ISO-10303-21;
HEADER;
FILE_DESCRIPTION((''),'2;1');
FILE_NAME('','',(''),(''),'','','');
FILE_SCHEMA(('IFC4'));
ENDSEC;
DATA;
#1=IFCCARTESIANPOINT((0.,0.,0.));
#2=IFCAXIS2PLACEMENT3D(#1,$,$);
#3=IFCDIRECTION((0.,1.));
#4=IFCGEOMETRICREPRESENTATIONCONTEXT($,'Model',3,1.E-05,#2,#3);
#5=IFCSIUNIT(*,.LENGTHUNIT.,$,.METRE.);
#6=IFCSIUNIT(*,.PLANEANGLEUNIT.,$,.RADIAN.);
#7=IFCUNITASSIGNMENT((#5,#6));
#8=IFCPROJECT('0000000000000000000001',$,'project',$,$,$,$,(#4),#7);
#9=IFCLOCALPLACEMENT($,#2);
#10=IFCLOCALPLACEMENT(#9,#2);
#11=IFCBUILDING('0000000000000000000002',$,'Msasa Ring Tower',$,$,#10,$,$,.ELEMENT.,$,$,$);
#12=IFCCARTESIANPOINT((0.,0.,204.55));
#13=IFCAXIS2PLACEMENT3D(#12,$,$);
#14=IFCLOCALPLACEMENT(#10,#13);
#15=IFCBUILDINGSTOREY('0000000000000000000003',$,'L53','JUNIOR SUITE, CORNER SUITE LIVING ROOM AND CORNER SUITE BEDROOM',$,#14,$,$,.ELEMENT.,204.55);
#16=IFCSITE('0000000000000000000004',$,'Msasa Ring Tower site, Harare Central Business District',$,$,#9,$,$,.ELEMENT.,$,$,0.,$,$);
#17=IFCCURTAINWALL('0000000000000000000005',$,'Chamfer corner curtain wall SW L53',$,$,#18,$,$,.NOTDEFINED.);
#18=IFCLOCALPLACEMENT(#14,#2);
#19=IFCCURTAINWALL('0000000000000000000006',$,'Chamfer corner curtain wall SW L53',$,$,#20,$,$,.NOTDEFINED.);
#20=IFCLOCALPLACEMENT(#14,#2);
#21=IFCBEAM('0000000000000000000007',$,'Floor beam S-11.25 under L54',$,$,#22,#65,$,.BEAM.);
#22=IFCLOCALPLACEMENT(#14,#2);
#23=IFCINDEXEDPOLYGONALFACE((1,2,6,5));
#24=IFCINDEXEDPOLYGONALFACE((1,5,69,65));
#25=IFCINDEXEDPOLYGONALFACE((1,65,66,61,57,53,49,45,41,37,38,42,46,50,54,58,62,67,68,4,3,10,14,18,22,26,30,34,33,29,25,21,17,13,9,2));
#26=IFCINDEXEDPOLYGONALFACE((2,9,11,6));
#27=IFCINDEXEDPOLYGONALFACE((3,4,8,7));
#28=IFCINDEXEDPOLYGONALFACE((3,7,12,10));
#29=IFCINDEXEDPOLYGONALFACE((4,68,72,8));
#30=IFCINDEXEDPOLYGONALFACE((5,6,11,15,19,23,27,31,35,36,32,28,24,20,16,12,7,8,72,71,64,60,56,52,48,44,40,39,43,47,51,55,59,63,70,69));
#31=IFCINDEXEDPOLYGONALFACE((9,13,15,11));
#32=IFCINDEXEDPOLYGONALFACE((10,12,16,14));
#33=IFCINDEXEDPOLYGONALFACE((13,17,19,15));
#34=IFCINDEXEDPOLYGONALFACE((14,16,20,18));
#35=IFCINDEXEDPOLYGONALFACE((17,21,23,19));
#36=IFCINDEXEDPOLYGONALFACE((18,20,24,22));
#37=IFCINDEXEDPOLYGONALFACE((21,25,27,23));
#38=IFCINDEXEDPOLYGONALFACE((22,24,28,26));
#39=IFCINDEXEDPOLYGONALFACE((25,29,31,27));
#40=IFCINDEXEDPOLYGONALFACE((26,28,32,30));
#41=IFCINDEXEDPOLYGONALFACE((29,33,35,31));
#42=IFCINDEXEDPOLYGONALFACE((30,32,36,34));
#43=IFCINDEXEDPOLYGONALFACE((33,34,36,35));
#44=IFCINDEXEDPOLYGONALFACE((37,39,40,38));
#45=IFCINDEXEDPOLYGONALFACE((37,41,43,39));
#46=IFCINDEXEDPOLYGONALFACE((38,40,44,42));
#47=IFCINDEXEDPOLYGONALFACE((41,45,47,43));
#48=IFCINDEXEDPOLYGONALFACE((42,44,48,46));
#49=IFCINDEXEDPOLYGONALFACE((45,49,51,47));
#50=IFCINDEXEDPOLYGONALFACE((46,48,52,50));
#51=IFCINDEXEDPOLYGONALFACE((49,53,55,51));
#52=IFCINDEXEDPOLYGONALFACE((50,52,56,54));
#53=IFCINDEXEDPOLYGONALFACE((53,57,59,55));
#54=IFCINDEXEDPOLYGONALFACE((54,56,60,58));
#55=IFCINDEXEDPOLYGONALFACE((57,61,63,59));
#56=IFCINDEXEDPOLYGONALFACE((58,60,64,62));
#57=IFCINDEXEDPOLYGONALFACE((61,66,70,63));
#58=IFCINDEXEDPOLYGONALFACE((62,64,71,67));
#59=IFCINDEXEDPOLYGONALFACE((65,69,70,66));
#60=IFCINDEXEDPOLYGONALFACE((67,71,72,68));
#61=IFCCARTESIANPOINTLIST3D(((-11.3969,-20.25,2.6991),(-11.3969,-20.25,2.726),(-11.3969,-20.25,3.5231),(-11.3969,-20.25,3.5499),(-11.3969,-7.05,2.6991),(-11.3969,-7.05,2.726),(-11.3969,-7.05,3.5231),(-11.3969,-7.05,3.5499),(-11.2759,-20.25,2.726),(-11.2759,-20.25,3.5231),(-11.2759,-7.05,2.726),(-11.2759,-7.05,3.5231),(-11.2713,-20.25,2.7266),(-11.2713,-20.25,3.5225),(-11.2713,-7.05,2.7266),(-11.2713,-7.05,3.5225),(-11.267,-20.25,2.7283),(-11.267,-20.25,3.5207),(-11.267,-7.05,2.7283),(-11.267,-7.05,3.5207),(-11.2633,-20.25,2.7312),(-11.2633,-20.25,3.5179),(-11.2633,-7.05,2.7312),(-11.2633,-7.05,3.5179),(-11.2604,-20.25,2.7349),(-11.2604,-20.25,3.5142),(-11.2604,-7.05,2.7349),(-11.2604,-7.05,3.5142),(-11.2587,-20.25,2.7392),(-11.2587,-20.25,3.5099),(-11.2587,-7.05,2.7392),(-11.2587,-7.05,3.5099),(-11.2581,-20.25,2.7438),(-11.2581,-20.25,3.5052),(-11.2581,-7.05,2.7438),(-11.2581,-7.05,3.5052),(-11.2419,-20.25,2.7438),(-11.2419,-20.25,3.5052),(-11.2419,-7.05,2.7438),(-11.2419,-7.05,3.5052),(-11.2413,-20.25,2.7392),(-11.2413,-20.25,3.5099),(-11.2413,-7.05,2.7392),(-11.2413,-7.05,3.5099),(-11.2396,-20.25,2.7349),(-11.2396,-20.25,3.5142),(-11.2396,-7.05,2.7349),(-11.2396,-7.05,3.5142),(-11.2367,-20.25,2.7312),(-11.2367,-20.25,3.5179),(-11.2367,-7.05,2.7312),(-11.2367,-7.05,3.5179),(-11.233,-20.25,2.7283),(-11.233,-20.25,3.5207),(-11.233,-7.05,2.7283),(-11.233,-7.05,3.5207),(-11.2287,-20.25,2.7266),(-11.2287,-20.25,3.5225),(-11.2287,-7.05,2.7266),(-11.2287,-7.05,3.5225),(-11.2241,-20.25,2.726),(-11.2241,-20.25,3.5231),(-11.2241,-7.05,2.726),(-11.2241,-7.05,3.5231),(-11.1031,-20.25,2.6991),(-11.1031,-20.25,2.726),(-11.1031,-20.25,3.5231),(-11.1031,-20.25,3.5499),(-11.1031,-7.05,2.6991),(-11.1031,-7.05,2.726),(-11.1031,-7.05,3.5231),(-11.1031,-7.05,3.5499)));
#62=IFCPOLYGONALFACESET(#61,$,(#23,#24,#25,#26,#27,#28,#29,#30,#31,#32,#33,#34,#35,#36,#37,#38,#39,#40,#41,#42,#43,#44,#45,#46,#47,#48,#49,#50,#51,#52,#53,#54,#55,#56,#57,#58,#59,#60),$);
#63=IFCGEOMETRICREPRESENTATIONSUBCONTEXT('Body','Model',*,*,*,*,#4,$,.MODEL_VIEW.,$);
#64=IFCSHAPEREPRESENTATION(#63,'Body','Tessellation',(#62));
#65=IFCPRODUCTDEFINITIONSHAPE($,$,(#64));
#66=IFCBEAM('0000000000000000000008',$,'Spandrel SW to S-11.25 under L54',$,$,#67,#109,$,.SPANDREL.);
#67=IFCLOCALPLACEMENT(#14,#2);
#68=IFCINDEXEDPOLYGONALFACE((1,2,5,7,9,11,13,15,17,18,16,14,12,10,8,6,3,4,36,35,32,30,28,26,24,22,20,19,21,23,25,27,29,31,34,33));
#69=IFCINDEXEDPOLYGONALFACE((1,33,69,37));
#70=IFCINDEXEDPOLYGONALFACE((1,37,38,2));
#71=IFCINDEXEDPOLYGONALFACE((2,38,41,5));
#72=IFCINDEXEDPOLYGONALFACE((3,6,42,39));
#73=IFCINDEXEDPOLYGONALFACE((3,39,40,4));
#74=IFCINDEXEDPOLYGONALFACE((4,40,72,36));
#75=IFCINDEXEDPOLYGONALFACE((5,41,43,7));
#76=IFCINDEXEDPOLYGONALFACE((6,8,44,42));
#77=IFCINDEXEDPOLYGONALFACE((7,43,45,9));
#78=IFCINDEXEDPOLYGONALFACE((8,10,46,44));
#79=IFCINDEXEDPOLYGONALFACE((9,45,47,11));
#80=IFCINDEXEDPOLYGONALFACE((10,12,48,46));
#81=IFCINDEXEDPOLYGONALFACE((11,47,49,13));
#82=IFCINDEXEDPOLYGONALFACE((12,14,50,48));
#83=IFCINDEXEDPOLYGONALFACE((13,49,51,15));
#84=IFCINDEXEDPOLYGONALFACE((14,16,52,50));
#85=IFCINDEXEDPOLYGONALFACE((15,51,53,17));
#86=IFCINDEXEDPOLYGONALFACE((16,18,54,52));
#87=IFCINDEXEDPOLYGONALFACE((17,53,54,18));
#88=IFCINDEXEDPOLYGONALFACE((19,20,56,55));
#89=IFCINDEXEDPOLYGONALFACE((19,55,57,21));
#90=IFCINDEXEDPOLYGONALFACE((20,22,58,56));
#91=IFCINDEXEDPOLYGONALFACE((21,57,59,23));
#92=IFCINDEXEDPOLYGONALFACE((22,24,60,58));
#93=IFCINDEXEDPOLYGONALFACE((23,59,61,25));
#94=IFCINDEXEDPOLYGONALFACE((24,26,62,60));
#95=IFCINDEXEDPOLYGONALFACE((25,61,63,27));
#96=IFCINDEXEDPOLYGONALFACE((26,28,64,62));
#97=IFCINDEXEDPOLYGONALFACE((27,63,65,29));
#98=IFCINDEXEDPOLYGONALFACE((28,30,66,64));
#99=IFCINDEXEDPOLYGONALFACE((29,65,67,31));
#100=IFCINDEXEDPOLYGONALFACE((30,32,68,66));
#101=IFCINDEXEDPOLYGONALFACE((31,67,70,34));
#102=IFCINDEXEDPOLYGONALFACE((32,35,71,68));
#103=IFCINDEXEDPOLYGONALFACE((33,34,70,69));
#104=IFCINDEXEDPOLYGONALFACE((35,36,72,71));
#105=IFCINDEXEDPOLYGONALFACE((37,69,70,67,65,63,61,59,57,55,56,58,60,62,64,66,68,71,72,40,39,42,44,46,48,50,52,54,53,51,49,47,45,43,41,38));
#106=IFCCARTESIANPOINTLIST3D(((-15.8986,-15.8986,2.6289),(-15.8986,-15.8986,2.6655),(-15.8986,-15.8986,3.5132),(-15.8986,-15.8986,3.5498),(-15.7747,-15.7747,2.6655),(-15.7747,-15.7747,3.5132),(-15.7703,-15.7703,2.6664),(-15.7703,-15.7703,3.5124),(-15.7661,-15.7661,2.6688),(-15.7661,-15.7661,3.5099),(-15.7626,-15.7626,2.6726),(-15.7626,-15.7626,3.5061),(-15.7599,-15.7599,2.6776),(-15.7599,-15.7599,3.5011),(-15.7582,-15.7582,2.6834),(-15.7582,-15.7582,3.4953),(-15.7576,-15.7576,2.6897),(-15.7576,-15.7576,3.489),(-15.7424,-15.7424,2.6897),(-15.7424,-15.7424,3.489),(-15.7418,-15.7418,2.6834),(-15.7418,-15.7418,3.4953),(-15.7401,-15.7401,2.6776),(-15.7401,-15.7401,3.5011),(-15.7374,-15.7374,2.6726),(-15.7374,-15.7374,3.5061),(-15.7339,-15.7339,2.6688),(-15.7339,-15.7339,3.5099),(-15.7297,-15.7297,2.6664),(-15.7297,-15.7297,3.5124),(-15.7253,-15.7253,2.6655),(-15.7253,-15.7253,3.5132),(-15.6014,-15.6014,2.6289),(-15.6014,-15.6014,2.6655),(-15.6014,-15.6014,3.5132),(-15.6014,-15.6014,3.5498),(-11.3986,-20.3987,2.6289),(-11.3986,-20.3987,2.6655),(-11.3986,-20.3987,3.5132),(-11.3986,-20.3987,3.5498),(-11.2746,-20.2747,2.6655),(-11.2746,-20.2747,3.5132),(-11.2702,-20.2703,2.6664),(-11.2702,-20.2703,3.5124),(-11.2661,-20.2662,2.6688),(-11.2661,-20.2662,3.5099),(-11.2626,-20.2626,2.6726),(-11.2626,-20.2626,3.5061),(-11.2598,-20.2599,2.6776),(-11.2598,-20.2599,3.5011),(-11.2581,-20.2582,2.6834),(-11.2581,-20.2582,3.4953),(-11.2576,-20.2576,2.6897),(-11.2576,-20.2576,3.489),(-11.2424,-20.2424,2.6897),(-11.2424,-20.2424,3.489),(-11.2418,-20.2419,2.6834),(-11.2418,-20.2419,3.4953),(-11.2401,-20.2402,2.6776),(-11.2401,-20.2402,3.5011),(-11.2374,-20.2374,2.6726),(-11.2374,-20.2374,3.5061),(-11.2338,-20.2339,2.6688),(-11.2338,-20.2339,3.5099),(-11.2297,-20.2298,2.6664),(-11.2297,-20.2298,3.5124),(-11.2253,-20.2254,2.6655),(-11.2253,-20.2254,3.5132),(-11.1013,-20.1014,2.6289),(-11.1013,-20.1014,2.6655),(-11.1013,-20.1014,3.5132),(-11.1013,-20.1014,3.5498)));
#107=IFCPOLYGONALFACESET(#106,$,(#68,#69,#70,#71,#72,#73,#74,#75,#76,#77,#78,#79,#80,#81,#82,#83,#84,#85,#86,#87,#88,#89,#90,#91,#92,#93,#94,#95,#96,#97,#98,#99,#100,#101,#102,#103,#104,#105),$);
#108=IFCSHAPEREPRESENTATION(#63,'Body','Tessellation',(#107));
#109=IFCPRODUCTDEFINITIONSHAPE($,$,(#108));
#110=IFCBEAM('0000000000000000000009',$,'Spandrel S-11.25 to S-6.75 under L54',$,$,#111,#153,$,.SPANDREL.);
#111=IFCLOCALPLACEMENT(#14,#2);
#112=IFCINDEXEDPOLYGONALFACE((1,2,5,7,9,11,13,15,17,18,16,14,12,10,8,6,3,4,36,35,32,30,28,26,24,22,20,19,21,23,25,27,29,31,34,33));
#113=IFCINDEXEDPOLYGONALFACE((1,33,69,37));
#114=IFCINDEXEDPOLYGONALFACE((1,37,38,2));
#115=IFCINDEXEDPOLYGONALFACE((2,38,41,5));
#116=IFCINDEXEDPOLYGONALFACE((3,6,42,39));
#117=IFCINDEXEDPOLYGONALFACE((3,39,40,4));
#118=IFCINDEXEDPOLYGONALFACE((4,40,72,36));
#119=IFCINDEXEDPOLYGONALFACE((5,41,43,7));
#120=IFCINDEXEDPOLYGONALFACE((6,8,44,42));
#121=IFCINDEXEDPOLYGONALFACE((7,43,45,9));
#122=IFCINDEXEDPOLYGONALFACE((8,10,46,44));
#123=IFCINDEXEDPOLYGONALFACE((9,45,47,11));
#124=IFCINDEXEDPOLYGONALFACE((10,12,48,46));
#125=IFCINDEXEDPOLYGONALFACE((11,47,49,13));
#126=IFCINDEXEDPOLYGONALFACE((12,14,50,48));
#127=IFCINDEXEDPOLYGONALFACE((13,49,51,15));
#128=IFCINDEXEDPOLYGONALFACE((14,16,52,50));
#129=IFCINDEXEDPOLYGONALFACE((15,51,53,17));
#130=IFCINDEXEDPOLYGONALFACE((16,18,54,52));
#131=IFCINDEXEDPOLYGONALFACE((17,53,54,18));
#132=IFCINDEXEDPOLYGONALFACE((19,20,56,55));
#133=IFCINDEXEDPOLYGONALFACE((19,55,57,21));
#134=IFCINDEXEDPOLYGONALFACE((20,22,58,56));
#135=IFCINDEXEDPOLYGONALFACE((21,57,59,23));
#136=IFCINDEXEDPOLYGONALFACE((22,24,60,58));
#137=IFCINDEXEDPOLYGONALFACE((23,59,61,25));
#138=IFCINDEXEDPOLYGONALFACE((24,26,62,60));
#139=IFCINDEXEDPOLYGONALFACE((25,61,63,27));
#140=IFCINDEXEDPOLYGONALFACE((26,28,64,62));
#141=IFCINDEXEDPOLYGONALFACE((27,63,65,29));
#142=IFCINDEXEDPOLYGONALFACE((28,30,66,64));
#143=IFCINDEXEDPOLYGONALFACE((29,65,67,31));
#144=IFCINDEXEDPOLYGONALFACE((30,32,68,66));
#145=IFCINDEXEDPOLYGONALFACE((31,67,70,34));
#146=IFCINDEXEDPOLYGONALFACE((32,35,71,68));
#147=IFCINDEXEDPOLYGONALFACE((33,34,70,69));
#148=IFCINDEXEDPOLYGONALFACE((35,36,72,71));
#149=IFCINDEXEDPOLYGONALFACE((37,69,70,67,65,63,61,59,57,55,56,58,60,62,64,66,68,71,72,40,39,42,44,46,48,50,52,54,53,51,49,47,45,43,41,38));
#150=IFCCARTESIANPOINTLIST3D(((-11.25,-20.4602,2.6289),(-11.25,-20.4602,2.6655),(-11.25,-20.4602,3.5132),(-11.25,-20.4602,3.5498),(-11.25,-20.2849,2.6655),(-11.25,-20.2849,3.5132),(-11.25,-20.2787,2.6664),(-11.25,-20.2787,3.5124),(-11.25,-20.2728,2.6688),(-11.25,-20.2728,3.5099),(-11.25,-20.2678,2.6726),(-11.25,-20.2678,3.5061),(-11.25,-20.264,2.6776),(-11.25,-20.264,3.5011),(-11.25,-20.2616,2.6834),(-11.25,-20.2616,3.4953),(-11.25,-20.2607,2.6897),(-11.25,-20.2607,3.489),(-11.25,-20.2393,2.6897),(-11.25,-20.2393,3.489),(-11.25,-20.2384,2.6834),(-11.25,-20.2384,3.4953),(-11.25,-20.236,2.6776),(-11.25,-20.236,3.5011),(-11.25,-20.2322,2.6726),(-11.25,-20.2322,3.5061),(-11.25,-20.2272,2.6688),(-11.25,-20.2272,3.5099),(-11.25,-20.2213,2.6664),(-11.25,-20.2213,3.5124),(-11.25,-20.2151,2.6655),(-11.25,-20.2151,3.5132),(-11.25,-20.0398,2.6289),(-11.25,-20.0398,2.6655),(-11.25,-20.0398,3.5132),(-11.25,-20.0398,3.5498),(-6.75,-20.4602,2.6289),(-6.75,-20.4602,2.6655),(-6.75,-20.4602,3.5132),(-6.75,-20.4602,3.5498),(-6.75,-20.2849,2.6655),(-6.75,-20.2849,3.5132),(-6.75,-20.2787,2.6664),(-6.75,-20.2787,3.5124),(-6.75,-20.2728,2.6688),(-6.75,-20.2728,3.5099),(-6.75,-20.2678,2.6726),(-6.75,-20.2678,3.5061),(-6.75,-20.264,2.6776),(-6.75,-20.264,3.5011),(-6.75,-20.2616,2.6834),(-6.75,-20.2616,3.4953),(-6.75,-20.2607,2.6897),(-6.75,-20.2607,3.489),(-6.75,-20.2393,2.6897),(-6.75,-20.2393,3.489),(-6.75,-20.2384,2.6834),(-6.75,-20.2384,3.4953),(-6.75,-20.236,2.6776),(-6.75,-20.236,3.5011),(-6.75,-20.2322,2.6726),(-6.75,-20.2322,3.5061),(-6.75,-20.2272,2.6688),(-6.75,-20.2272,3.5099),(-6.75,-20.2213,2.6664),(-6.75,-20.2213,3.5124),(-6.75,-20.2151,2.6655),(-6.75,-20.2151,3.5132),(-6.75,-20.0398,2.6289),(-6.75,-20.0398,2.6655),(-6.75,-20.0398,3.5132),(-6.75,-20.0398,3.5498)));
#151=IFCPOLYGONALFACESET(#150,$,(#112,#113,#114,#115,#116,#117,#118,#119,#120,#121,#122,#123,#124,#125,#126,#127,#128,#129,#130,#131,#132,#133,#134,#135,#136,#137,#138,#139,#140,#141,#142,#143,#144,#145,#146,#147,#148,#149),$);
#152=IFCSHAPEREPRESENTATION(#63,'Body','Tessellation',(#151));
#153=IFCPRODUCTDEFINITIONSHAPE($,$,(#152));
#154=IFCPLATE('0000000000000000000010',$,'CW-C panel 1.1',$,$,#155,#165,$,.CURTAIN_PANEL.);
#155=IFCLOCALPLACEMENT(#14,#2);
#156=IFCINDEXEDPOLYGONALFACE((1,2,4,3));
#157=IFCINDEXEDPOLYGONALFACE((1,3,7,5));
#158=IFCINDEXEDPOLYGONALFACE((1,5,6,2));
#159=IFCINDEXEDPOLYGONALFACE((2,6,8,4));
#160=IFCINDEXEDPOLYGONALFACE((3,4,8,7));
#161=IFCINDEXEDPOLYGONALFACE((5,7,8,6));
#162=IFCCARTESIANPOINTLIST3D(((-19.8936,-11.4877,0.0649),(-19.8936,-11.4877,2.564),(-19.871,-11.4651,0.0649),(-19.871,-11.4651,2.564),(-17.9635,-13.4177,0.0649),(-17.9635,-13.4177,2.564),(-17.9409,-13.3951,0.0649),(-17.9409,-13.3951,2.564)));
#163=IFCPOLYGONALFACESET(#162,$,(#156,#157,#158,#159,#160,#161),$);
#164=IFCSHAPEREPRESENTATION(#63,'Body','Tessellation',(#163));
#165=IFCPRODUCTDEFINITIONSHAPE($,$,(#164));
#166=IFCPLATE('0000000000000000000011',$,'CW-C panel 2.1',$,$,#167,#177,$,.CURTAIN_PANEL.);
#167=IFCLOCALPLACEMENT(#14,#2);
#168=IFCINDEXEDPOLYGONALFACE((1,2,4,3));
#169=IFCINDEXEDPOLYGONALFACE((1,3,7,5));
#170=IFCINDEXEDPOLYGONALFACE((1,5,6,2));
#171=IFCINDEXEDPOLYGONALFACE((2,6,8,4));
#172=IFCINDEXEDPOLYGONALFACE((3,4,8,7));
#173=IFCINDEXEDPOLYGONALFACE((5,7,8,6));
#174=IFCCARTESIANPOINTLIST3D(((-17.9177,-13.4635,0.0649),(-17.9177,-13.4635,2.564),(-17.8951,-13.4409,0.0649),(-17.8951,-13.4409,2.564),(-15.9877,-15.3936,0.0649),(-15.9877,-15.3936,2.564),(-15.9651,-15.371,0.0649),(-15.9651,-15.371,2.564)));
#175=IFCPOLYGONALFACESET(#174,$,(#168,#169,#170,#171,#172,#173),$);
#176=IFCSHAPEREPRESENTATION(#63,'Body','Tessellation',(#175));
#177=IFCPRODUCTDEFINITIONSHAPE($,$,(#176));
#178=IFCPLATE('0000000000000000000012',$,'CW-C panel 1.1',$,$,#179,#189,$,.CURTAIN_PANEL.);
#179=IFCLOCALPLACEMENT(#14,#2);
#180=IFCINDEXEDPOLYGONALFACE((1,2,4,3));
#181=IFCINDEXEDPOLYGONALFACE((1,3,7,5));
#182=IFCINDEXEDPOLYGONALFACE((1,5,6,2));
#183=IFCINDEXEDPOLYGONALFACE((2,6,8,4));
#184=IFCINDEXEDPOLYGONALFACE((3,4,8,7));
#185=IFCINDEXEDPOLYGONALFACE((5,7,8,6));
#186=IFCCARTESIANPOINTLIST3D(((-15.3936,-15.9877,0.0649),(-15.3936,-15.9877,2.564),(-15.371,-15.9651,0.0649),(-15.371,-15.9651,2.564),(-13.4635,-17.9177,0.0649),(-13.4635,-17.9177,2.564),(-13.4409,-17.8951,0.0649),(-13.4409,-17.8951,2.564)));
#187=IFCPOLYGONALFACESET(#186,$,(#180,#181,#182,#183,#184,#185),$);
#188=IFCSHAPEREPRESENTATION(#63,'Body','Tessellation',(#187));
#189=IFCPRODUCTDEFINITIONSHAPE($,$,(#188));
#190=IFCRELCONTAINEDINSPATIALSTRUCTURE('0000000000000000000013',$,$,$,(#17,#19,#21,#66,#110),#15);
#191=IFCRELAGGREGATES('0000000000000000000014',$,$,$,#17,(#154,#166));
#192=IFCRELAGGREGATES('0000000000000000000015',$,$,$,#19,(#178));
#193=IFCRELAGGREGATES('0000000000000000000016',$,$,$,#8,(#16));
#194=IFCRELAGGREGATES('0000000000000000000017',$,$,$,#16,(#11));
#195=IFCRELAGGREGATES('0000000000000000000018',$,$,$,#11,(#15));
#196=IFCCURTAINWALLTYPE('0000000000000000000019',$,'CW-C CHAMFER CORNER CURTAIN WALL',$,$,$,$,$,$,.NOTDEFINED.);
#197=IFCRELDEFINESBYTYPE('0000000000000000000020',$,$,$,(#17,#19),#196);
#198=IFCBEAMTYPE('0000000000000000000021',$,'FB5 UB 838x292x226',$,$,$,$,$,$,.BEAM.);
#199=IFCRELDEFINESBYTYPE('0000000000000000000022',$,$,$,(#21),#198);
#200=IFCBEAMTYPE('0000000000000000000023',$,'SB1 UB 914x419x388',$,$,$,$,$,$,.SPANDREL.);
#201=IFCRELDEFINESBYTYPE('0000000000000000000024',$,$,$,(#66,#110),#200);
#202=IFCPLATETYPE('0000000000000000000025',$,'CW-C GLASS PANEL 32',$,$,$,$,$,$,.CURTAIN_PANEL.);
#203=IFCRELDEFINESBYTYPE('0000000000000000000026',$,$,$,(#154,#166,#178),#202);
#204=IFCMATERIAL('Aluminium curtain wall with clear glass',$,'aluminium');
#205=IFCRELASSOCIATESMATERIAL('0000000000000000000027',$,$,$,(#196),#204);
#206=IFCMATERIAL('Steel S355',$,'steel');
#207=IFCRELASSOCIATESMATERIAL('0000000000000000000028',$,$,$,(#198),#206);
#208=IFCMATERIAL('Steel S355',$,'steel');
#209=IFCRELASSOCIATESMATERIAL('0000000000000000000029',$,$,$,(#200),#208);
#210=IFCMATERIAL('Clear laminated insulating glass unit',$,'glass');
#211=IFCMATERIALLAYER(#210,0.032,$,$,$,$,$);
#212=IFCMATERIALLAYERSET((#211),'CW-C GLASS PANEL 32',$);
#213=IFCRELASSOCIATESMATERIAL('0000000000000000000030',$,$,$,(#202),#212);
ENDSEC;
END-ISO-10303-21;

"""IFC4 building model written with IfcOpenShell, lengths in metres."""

from ifc_helpers import new_model, si_unit, direction, frame, origin, origin_2d, place, context, subcontext, project, spatial, rectangle, i_section, extrude, material, layer, layer_set, material_profile, profile_set, type_object, element, aggregate, save


model = new_model("IFC4")

# Units and contexts
model_context = context("Model", 3, precision=1e-05, world=origin(), true_north=direction((0.0, 1.0)))
body_context = subcontext(model_context, "Body", "Model", "MODEL_VIEW")
ifc_project = project(units=[si_unit("LENGTHUNIT", "METRE"), si_unit("PLANEANGLEUNIT", "RADIAN")], contexts=[model_context])

# Site, building, storey
site_placement = place(None, origin())
site = spatial("IfcSite", under=ifc_project, at=site_placement, Name="Msasa Ring Tower site, Harare Central Business District", CompositionType="ELEMENT", RefElevation=0.0)
building_placement = place(site_placement, origin())
building = spatial("IfcBuilding", under=site, at=building_placement, Name="Msasa Ring Tower", CompositionType="ELEMENT")
storey_placement = place(building_placement, frame((0.0, 0.0, 204.55)))
storey = spatial("IfcBuildingStorey", under=building, at=storey_placement, Name="L53", Description="JUNIOR SUITE, CORNER SUITE LIVING ROOM AND CORNER SUITE BEDROOM", CompositionType="ELEMENT", Elevation=204.55)

# Curtain walls
ifc_material_1 = material(Name="Aluminium curtain wall with clear glass", Category="aluminium")
curtain_wall_type = type_object("IfcCurtainWallType", Name="CW-C CHAMFER CORNER CURTAIN WALL", PredefinedType="NOTDEFINED", material=ifc_material_1)
curtain_wall_1_placement = place(storey_placement, origin())
curtain_wall_1 = element("IfcCurtainWall", 1, at=curtain_wall_1_placement, inside=storey, type_object=curtain_wall_type, Name="Chamfer corner curtain wall SW L53", PredefinedType="NOTDEFINED")
curtain_wall_2_placement = place(storey_placement, origin())
curtain_wall_2 = element("IfcCurtainWall", 2, at=curtain_wall_2_placement, inside=storey, type_object=curtain_wall_type, Name="Chamfer corner curtain wall SW L53", PredefinedType="NOTDEFINED")

# Beams
ifc_material_2 = material(Name="Steel S355", Category="steel")
ifc_material_profile_1 = material_profile(ifc_material_2, i_section(OverallWidth=0.2937, OverallDepth=0.8508, WebThickness=0.0161, FlangeThickness=0.0269, FilletRadius=0.0178, at=origin_2d()), Name="UB 838x292x226")
ifc_profile_set_1 = profile_set([ifc_material_profile_1], Name="Steel S355")
beam_type_1 = type_object("IfcBeamType", Name="FB5 UB 838x292x226", PredefinedType="BEAM", material=ifc_profile_set_1)
beam_1_placement = place(storey_placement, frame((-11.25, -20.25, 3.1245), z_axis=(0.0, 1.0, 0.0), x_axis=(-1.0, 0.0, 0.0)))
element("IfcBeam", 3, at=beam_1_placement, inside=storey, type_object=beam_type_1, Name="Floor beam S-11.25 under L54", PredefinedType="BEAM", context=body_context, shape_type="SweptSolid", body=[
    extrude(i_section(OverallWidth=0.2937, OverallDepth=0.8508, WebThickness=0.0161, FlangeThickness=0.0269, FilletRadius=0.0178, at=origin_2d()), origin(), (0.0, 0.0, 1.0), 13.2),
])
ifc_material_3 = material(Name="Steel S355", Category="steel")
ifc_material_profile_2 = material_profile(ifc_material_3, i_section(OverallWidth=0.4204, OverallDepth=0.9209, WebThickness=0.0215, FlangeThickness=0.0366, FilletRadius=0.0242, at=origin_2d()), Name="UB 914x419x388")
ifc_profile_set_2 = profile_set([ifc_material_profile_2], Name="Steel S355")
beam_type_2 = type_object("IfcBeamType", Name="SB1 UB 914x419x388", PredefinedType="SPANDREL", material=ifc_profile_set_2)
beam_2_placement = place(storey_placement, frame((-15.75, -15.75, 3.0894), z_axis=(0.707107, -0.707107, 0.0), x_axis=(0.707107, 0.707107, 0.0)))
element("IfcBeam", 4, at=beam_2_placement, inside=storey, type_object=beam_type_2, Name="Spandrel SW to S-11.25 under L54", PredefinedType="SPANDREL", context=body_context, shape_type="SweptSolid", body=[
    extrude(i_section(OverallWidth=0.4204, OverallDepth=0.9209, WebThickness=0.0215, FlangeThickness=0.0366, FilletRadius=0.0242, at=origin_2d()), origin(), (0.0, 0.0, 1.0), 6.364),
])
beam_3_placement = place(storey_placement, frame((-11.25, -20.25, 3.0894), z_axis=(1.0, 0.0, 0.0), x_axis=(0.0, 1.0, 0.0)))
element("IfcBeam", 5, at=beam_3_placement, inside=storey, type_object=beam_type_2, Name="Spandrel S-11.25 to S-6.75 under L54", PredefinedType="SPANDREL", context=body_context, shape_type="SweptSolid", body=[
    extrude(i_section(OverallWidth=0.4204, OverallDepth=0.9209, WebThickness=0.0215, FlangeThickness=0.0366, FilletRadius=0.0242, at=origin_2d()), origin(), (0.0, 0.0, 1.0), 4.5),
])

# Plates
ifc_material_4 = material(Name="Clear laminated insulating glass unit", Category="glass")
ifc_layer_1 = layer(ifc_material_4, 0.032)
ifc_layer_set_1 = layer_set([ifc_layer_1], Name="CW-C GLASS PANEL 32")
plate_type = type_object("IfcPlateType", Name="CW-C GLASS PANEL 32", PredefinedType="CURTAIN_PANEL", material=ifc_layer_set_1)
plate_1_placement = place(storey_placement, frame((-18.9172, -12.4414, 0.0649), z_axis=(0.0, 0.0, 1.0), x_axis=(0.707107, -0.707107, 0.0)))
plate_1 = element("IfcPlate", 6, at=plate_1_placement, type_object=plate_type, Name="CW-C panel 1.1", PredefinedType="CURTAIN_PANEL", context=body_context, shape_type="SweptSolid", body=[
    extrude(rectangle(XDim=2.7295, YDim=0.032, at=origin_2d()), origin(), (0.0, 0.0, 1.0), 2.499),
])
plate_2_placement = place(storey_placement, frame((-16.9414, -14.4172, 0.0649), z_axis=(0.0, 0.0, 1.0), x_axis=(0.707107, -0.707107, 0.0)))
plate_2 = element("IfcPlate", 7, at=plate_2_placement, type_object=plate_type, Name="CW-C panel 2.1", PredefinedType="CURTAIN_PANEL", context=body_context, shape_type="SweptSolid", body=[
    extrude(rectangle(XDim=2.7295, YDim=0.032, at=origin_2d()), origin(), (0.0, 0.0, 1.0), 2.499),
])
aggregate(curtain_wall_1, [plate_1, plate_2])
plate_3_placement = place(storey_placement, frame((-14.4172, -16.9414, 0.0649), z_axis=(0.0, 0.0, 1.0), x_axis=(0.707107, -0.707107, 0.0)))
plate_3 = element("IfcPlate", 8, at=plate_3_placement, type_object=plate_type, Name="CW-C panel 1.1", PredefinedType="CURTAIN_PANEL", context=body_context, shape_type="SweptSolid", body=[
    extrude(rectangle(XDim=2.7295, YDim=0.032, at=origin_2d()), origin(), (0.0, 0.0, 1.0), 2.499),
])
aggregate(curtain_wall_2, [plate_3])

save(model, "model.ifc")
